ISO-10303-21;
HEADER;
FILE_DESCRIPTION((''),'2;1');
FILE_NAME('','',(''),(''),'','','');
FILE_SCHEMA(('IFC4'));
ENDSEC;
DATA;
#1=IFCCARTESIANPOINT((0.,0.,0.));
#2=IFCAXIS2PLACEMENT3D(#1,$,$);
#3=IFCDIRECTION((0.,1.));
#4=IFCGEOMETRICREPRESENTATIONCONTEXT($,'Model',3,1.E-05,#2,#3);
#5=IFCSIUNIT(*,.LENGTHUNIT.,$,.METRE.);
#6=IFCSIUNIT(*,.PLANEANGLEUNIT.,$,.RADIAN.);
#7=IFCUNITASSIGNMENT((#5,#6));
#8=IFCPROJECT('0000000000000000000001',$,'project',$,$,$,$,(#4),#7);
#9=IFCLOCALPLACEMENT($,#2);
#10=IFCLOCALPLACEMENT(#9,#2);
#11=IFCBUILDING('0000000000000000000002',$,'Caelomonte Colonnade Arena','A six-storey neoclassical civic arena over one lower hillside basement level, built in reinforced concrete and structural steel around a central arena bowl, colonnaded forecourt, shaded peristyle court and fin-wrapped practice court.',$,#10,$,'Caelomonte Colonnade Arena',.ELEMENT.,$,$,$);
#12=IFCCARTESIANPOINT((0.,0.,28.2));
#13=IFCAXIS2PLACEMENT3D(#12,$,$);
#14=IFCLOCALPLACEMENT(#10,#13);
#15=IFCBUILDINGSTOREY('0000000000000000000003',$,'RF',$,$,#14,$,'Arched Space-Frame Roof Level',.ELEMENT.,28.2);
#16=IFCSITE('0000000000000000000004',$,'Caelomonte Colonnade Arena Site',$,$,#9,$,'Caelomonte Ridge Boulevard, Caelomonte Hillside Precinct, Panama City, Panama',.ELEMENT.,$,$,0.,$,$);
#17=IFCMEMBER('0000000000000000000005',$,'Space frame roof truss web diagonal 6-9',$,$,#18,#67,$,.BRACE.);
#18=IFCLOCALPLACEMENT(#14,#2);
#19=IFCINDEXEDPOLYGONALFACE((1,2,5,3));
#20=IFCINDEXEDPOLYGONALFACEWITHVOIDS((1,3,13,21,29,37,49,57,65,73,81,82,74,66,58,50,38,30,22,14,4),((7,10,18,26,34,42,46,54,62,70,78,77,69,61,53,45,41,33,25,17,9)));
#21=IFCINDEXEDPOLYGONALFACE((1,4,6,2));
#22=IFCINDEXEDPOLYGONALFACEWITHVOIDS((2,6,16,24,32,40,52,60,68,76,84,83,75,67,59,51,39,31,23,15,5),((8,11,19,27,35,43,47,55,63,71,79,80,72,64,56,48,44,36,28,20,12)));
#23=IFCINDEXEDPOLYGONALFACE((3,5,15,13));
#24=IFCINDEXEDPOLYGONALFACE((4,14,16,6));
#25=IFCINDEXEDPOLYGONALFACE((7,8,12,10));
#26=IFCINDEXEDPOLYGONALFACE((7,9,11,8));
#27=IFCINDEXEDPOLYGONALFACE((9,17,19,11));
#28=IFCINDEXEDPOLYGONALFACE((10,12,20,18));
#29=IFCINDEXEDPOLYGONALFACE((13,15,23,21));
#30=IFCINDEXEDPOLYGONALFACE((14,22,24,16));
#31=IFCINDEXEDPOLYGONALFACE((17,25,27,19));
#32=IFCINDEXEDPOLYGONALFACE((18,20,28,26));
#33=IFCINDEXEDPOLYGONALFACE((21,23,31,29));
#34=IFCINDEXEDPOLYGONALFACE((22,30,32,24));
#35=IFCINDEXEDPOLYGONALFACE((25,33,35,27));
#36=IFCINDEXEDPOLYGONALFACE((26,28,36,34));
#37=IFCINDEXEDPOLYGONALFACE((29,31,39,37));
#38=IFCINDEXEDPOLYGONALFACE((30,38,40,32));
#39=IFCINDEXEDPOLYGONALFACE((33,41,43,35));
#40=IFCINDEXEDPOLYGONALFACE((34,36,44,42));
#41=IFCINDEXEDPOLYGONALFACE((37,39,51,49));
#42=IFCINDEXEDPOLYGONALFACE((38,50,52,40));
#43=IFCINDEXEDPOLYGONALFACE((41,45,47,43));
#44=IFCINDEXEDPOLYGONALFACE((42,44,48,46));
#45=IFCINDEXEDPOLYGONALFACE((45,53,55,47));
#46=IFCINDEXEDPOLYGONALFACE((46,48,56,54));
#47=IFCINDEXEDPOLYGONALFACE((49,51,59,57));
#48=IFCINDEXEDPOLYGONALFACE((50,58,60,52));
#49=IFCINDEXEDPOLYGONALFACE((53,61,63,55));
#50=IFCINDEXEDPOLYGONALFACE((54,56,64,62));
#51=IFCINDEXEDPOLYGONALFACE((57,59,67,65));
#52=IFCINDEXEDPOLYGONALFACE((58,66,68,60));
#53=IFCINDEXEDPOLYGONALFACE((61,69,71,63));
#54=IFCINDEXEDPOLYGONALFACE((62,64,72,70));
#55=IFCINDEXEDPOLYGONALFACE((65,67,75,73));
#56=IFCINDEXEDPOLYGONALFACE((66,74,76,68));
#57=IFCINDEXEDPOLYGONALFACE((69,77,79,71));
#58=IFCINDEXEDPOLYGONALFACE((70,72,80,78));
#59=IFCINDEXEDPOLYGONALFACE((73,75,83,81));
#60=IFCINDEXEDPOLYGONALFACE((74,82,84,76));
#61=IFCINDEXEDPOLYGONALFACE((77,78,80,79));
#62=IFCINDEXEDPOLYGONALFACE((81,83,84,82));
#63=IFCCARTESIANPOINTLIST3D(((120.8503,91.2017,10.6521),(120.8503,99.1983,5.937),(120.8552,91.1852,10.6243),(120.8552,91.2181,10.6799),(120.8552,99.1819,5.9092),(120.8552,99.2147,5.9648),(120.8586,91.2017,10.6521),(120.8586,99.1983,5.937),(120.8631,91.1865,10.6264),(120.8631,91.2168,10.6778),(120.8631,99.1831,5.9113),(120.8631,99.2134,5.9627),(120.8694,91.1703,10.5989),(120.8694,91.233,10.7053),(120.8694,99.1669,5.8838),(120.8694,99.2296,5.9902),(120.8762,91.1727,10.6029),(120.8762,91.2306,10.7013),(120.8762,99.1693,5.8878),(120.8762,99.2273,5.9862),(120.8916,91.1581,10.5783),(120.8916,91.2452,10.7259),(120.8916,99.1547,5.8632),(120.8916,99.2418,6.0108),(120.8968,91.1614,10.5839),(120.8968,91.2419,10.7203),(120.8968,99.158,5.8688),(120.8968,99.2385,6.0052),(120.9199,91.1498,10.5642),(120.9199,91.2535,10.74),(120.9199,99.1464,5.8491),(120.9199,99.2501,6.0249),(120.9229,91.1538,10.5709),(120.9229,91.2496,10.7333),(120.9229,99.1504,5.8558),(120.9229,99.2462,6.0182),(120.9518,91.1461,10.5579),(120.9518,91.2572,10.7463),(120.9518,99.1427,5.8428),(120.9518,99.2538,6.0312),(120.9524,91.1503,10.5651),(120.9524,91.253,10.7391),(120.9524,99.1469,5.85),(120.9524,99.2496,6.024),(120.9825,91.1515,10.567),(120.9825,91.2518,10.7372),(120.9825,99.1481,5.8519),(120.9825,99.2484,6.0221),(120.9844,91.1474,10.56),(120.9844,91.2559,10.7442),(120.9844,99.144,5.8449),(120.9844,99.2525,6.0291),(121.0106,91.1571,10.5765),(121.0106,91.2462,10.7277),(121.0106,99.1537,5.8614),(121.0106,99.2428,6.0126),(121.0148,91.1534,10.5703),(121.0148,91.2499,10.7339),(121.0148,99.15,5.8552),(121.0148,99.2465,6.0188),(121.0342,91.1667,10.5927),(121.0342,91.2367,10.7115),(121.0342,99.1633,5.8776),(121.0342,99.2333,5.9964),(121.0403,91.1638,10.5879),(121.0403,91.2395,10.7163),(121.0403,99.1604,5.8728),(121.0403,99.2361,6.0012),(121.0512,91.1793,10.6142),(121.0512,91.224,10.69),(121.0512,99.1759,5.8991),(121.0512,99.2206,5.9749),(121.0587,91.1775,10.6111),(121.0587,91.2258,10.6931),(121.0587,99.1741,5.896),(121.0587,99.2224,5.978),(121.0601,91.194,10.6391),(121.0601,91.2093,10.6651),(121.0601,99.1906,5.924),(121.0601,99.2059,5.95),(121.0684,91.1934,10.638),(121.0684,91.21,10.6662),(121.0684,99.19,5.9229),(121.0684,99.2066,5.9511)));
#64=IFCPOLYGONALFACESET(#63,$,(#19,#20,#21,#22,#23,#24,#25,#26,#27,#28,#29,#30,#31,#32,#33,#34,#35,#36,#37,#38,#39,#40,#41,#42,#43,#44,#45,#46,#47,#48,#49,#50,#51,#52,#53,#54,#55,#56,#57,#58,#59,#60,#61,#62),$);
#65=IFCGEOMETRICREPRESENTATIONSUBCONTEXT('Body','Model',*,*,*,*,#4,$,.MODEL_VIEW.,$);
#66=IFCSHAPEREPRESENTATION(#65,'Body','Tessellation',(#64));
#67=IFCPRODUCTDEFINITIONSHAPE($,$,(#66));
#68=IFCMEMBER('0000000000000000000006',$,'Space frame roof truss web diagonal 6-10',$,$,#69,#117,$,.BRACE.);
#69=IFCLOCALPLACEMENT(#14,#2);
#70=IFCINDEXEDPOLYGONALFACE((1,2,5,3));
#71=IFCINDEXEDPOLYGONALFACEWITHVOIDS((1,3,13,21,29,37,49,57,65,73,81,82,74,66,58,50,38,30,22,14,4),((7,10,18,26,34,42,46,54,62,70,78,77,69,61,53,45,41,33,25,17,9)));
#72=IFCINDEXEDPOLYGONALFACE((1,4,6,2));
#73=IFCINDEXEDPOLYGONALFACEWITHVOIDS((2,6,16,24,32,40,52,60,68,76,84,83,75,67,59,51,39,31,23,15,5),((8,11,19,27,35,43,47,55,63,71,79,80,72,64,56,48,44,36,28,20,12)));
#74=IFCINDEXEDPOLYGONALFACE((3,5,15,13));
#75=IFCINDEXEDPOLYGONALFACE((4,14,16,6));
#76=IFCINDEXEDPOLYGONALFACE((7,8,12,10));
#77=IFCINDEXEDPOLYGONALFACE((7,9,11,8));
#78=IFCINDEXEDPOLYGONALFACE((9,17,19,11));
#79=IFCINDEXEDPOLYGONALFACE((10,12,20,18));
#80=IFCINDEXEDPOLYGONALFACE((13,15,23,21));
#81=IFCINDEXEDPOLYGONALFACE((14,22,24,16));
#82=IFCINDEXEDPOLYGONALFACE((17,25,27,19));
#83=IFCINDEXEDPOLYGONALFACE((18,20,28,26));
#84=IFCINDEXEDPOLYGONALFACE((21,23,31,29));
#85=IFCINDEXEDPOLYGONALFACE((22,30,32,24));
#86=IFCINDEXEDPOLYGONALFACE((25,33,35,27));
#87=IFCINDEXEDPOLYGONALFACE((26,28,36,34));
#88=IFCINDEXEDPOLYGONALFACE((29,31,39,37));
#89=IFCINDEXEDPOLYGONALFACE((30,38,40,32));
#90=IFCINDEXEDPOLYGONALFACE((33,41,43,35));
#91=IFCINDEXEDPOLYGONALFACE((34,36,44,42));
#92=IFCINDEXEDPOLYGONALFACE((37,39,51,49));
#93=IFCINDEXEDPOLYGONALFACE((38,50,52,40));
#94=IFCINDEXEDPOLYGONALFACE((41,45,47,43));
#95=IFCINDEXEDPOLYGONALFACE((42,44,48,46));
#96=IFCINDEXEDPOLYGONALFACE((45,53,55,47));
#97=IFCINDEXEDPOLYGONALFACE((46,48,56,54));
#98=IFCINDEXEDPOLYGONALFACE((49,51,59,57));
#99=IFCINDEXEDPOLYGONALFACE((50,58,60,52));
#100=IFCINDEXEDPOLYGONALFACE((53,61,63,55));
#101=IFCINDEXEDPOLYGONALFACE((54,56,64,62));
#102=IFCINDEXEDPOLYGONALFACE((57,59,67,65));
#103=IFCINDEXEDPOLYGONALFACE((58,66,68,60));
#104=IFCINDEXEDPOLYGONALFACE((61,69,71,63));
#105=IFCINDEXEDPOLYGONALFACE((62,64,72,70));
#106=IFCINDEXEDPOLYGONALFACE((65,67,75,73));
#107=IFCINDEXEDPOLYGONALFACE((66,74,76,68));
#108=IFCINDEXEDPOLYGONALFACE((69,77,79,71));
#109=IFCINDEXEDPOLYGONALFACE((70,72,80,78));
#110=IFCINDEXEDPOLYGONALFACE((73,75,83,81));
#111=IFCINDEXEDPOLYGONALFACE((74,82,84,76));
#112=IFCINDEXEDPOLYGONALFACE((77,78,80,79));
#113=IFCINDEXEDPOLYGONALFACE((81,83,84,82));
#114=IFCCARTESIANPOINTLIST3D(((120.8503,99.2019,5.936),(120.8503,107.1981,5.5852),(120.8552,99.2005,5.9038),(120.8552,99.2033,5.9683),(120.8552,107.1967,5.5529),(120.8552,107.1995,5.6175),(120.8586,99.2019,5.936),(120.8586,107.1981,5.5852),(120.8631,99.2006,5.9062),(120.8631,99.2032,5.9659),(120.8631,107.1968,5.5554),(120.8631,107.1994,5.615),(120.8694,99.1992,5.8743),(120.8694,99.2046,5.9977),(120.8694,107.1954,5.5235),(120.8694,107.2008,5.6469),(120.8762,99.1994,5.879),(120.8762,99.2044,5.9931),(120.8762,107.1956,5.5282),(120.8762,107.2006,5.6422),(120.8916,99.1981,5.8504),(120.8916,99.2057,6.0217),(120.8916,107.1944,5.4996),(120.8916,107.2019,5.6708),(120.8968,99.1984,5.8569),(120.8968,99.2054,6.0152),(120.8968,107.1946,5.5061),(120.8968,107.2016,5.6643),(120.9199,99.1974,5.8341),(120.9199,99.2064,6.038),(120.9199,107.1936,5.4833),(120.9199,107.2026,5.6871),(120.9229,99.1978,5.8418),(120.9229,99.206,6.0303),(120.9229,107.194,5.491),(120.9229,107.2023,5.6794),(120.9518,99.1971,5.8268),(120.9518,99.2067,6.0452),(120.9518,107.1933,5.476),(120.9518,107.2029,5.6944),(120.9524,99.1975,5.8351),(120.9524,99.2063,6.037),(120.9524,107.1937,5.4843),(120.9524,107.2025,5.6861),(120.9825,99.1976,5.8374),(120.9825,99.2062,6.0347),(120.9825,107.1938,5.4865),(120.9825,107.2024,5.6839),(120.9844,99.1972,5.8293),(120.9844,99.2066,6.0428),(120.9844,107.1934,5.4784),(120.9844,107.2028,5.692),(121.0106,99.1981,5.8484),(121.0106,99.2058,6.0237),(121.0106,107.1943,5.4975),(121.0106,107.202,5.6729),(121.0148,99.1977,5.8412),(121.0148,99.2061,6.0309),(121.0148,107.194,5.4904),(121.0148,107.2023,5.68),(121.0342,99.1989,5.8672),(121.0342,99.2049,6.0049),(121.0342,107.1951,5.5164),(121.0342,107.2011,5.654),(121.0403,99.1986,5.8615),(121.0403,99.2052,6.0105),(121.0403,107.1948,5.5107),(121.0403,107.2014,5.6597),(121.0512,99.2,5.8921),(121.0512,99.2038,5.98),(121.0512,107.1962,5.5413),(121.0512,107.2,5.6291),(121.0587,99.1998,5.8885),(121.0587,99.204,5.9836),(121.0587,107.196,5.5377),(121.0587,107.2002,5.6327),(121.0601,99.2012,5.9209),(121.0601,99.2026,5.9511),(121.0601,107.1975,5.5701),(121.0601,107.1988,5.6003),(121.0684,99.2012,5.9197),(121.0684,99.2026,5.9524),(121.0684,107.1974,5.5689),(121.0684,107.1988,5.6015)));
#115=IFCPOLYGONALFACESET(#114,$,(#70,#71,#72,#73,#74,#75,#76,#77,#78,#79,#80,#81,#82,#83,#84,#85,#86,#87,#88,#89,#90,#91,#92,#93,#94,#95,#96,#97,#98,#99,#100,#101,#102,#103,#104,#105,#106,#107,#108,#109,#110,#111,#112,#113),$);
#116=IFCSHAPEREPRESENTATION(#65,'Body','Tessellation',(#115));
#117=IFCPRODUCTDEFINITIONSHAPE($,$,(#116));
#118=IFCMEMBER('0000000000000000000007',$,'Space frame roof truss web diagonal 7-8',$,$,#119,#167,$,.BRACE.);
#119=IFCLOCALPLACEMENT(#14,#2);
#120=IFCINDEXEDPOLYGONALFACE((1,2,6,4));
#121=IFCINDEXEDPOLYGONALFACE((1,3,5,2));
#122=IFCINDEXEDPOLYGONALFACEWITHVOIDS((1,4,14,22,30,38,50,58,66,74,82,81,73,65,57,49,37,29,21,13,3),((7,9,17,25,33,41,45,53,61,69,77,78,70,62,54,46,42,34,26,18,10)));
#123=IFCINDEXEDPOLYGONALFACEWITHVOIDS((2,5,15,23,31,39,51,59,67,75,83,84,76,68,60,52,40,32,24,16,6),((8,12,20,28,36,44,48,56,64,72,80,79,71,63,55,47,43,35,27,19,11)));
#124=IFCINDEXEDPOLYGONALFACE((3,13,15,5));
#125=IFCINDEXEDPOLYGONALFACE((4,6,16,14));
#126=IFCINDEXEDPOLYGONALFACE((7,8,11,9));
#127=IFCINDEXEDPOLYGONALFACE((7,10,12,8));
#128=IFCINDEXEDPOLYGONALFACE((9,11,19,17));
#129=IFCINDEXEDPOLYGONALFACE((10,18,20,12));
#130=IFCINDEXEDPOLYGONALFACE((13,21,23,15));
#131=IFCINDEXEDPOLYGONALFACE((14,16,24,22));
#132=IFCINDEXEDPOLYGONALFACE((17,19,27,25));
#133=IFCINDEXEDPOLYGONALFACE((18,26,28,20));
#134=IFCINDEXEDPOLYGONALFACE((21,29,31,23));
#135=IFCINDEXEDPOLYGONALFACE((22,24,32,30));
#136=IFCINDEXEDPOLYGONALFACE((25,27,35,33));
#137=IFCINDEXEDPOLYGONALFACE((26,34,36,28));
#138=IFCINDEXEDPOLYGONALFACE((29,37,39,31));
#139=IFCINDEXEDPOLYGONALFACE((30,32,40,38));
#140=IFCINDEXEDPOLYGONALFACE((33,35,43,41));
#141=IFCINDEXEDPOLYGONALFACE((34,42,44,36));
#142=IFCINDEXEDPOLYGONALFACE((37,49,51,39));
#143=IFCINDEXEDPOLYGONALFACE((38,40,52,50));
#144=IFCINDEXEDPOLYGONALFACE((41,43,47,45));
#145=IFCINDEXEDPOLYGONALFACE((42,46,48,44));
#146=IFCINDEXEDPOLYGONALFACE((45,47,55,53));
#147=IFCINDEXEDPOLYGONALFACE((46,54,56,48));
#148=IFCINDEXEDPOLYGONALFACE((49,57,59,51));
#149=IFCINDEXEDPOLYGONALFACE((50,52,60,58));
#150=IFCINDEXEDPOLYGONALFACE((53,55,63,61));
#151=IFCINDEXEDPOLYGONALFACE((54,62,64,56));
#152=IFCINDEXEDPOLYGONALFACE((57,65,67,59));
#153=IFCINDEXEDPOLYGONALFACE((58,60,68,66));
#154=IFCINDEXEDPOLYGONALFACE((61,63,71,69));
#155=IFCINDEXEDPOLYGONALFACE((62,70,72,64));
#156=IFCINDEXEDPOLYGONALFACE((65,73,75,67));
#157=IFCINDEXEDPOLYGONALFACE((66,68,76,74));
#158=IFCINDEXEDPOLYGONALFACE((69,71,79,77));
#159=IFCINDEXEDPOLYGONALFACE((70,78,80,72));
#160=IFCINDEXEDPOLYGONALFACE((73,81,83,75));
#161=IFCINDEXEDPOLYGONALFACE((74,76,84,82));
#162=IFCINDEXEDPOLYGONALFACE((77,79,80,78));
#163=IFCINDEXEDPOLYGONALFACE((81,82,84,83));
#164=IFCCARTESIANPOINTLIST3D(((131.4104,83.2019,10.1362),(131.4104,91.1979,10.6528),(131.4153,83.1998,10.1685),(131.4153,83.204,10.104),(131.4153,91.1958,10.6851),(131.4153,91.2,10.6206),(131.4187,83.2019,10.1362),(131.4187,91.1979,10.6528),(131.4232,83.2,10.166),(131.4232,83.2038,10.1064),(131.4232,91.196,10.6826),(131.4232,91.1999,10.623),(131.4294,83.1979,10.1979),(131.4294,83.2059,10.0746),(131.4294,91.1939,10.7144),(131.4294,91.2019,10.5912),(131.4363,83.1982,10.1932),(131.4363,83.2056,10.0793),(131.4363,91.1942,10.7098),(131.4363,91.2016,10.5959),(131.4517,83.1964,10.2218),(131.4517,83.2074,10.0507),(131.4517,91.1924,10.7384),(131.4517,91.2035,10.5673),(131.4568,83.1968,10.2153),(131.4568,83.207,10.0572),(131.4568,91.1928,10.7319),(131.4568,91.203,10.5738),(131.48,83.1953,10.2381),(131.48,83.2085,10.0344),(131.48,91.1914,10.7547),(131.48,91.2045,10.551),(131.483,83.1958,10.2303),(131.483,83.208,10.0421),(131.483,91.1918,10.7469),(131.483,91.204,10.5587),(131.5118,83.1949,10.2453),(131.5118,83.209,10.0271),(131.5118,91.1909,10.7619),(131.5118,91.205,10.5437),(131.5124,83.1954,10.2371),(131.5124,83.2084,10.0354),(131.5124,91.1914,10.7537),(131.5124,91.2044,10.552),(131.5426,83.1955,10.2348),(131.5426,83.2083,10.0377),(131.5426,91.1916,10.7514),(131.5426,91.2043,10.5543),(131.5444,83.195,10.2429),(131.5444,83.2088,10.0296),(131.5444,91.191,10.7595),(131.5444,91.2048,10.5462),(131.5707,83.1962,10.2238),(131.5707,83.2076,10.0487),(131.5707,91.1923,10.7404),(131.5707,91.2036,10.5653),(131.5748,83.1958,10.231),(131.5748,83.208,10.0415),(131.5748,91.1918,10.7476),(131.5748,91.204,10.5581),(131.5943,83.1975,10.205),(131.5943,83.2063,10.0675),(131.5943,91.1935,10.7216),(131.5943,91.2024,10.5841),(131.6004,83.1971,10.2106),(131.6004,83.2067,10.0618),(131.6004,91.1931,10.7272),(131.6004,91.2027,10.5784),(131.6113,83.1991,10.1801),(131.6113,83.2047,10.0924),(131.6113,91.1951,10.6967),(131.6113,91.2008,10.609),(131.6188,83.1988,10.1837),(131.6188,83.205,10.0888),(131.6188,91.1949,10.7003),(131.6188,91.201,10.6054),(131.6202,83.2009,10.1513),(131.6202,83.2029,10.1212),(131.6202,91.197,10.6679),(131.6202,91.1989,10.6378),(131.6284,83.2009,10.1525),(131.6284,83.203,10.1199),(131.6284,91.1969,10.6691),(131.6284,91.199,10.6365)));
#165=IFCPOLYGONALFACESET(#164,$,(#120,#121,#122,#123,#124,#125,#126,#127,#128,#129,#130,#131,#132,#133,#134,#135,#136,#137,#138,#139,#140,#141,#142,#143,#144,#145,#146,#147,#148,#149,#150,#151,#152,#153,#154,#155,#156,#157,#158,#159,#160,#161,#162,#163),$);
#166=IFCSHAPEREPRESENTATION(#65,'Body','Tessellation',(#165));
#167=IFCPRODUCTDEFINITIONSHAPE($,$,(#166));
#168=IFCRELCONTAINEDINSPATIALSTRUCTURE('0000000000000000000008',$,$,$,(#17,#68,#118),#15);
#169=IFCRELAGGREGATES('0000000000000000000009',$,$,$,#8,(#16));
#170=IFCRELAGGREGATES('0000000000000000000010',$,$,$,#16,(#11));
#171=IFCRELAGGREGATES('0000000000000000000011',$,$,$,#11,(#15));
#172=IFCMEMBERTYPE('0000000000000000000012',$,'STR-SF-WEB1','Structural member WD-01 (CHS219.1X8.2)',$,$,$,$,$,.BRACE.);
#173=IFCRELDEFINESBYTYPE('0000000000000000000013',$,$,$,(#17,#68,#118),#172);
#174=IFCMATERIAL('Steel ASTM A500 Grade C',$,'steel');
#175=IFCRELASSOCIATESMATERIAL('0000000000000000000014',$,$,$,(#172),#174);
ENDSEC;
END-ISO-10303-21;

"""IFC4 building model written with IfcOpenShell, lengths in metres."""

from ifc_helpers import new_model, si_unit, direction, frame, origin, origin_2d, place, context, subcontext, project, spatial, hollow_circle, extrude, material, material_profile, profile_set, type_object, element, save


model = new_model("IFC4")

# Units and contexts
model_context = context("Model", 3, precision=1e-05, world=origin(), true_north=direction((0.0, 1.0)))
body_context = subcontext(model_context, "Body", "Model", "MODEL_VIEW")
ifc_project = project(units=[si_unit("LENGTHUNIT", "METRE"), si_unit("PLANEANGLEUNIT", "RADIAN")], contexts=[model_context])

# Site, building, storey
site_placement = place(None, origin())
site = spatial("IfcSite", under=ifc_project, at=site_placement, Name="Caelomonte Colonnade Arena Site", LongName="Caelomonte Ridge Boulevard, Caelomonte Hillside Precinct, Panama City, Panama", CompositionType="ELEMENT", RefElevation=0.0)
building_placement = place(site_placement, origin())
building = spatial("IfcBuilding", under=site, at=building_placement, Name="Caelomonte Colonnade Arena", Description="A six-storey neoclassical civic arena over one lower hillside basement level, built in reinforced concrete and structural steel around a central arena bowl, colonnaded forecourt, shaded peristyle court and fin-wrapped practice court.", LongName="Caelomonte Colonnade Arena", CompositionType="ELEMENT")
storey_placement = place(building_placement, frame((0.0, 0.0, 28.2)))
storey = spatial("IfcBuildingStorey", under=building, at=storey_placement, Name="RF", LongName="Arched Space-Frame Roof Level", CompositionType="ELEMENT", Elevation=28.2)

# Members
ifc_material_1 = material(Name="Steel ASTM A500 Grade C", Category="steel")
ifc_material_profile_1 = material_profile(ifc_material_1, hollow_circle(Radius=0.1096, WallThickness=0.0083, at=origin_2d()), Name="CHS219.1X8.2")
ifc_profile_set_1 = profile_set([ifc_material_profile_1], Name="Steel ASTM A500 Grade C")
member_type_1 = type_object("IfcMemberType", Name="STR-SF-WEB1", Description="Structural member WD-01 (CHS219.1X8.2)", PredefinedType="BRACE", material=ifc_profile_set_1)
member_1_placement = place(storey_placement, frame((120.96, 91.2017, 10.6521), z_axis=(0.0, 0.861406, -0.507917), x_axis=(-1.0, 0.0, 0.0)))
element("IfcMember", 1, at=member_1_placement, inside=storey, type_object=member_type_1, Name="Space frame roof truss web diagonal 6-9", PredefinedType="BRACE", context=body_context, shape_type="SweptSolid", body=[
    extrude(hollow_circle(Radius=0.1096, WallThickness=0.0083, at=origin_2d()), origin(), (0.0, 0.0, 1.0), 9.2832),
])
member_2_placement = place(storey_placement, frame((120.96, 99.2019, 5.936), z_axis=(0.0, 0.999039, -0.043833), x_axis=(-1.0, 0.0, 0.0)))
element("IfcMember", 2, at=member_2_placement, inside=storey, type_object=member_type_1, Name="Space frame roof truss web diagonal 6-10", PredefinedType="BRACE", context=body_context, shape_type="SweptSolid", body=[
    extrude(hollow_circle(Radius=0.1096, WallThickness=0.0083, at=origin_2d()), origin(), (0.0, 0.0, 1.0), 8.0039),
])
member_3_placement = place(storey_placement, frame((131.52, 83.2019, 10.1362), z_axis=(0.0, 0.997919, 0.064472), x_axis=(-1.0, 0.0, 0.0)))
element("IfcMember", 3, at=member_3_placement, inside=storey, type_object=member_type_1, Name="Space frame roof truss web diagonal 7-8", PredefinedType="BRACE", context=body_context, shape_type="SweptSolid", body=[
    extrude(hollow_circle(Radius=0.1096, WallThickness=0.0083, at=origin_2d()), origin(), (0.0, 0.0, 1.0), 8.0127),
])

save(model, "model.ifc")
